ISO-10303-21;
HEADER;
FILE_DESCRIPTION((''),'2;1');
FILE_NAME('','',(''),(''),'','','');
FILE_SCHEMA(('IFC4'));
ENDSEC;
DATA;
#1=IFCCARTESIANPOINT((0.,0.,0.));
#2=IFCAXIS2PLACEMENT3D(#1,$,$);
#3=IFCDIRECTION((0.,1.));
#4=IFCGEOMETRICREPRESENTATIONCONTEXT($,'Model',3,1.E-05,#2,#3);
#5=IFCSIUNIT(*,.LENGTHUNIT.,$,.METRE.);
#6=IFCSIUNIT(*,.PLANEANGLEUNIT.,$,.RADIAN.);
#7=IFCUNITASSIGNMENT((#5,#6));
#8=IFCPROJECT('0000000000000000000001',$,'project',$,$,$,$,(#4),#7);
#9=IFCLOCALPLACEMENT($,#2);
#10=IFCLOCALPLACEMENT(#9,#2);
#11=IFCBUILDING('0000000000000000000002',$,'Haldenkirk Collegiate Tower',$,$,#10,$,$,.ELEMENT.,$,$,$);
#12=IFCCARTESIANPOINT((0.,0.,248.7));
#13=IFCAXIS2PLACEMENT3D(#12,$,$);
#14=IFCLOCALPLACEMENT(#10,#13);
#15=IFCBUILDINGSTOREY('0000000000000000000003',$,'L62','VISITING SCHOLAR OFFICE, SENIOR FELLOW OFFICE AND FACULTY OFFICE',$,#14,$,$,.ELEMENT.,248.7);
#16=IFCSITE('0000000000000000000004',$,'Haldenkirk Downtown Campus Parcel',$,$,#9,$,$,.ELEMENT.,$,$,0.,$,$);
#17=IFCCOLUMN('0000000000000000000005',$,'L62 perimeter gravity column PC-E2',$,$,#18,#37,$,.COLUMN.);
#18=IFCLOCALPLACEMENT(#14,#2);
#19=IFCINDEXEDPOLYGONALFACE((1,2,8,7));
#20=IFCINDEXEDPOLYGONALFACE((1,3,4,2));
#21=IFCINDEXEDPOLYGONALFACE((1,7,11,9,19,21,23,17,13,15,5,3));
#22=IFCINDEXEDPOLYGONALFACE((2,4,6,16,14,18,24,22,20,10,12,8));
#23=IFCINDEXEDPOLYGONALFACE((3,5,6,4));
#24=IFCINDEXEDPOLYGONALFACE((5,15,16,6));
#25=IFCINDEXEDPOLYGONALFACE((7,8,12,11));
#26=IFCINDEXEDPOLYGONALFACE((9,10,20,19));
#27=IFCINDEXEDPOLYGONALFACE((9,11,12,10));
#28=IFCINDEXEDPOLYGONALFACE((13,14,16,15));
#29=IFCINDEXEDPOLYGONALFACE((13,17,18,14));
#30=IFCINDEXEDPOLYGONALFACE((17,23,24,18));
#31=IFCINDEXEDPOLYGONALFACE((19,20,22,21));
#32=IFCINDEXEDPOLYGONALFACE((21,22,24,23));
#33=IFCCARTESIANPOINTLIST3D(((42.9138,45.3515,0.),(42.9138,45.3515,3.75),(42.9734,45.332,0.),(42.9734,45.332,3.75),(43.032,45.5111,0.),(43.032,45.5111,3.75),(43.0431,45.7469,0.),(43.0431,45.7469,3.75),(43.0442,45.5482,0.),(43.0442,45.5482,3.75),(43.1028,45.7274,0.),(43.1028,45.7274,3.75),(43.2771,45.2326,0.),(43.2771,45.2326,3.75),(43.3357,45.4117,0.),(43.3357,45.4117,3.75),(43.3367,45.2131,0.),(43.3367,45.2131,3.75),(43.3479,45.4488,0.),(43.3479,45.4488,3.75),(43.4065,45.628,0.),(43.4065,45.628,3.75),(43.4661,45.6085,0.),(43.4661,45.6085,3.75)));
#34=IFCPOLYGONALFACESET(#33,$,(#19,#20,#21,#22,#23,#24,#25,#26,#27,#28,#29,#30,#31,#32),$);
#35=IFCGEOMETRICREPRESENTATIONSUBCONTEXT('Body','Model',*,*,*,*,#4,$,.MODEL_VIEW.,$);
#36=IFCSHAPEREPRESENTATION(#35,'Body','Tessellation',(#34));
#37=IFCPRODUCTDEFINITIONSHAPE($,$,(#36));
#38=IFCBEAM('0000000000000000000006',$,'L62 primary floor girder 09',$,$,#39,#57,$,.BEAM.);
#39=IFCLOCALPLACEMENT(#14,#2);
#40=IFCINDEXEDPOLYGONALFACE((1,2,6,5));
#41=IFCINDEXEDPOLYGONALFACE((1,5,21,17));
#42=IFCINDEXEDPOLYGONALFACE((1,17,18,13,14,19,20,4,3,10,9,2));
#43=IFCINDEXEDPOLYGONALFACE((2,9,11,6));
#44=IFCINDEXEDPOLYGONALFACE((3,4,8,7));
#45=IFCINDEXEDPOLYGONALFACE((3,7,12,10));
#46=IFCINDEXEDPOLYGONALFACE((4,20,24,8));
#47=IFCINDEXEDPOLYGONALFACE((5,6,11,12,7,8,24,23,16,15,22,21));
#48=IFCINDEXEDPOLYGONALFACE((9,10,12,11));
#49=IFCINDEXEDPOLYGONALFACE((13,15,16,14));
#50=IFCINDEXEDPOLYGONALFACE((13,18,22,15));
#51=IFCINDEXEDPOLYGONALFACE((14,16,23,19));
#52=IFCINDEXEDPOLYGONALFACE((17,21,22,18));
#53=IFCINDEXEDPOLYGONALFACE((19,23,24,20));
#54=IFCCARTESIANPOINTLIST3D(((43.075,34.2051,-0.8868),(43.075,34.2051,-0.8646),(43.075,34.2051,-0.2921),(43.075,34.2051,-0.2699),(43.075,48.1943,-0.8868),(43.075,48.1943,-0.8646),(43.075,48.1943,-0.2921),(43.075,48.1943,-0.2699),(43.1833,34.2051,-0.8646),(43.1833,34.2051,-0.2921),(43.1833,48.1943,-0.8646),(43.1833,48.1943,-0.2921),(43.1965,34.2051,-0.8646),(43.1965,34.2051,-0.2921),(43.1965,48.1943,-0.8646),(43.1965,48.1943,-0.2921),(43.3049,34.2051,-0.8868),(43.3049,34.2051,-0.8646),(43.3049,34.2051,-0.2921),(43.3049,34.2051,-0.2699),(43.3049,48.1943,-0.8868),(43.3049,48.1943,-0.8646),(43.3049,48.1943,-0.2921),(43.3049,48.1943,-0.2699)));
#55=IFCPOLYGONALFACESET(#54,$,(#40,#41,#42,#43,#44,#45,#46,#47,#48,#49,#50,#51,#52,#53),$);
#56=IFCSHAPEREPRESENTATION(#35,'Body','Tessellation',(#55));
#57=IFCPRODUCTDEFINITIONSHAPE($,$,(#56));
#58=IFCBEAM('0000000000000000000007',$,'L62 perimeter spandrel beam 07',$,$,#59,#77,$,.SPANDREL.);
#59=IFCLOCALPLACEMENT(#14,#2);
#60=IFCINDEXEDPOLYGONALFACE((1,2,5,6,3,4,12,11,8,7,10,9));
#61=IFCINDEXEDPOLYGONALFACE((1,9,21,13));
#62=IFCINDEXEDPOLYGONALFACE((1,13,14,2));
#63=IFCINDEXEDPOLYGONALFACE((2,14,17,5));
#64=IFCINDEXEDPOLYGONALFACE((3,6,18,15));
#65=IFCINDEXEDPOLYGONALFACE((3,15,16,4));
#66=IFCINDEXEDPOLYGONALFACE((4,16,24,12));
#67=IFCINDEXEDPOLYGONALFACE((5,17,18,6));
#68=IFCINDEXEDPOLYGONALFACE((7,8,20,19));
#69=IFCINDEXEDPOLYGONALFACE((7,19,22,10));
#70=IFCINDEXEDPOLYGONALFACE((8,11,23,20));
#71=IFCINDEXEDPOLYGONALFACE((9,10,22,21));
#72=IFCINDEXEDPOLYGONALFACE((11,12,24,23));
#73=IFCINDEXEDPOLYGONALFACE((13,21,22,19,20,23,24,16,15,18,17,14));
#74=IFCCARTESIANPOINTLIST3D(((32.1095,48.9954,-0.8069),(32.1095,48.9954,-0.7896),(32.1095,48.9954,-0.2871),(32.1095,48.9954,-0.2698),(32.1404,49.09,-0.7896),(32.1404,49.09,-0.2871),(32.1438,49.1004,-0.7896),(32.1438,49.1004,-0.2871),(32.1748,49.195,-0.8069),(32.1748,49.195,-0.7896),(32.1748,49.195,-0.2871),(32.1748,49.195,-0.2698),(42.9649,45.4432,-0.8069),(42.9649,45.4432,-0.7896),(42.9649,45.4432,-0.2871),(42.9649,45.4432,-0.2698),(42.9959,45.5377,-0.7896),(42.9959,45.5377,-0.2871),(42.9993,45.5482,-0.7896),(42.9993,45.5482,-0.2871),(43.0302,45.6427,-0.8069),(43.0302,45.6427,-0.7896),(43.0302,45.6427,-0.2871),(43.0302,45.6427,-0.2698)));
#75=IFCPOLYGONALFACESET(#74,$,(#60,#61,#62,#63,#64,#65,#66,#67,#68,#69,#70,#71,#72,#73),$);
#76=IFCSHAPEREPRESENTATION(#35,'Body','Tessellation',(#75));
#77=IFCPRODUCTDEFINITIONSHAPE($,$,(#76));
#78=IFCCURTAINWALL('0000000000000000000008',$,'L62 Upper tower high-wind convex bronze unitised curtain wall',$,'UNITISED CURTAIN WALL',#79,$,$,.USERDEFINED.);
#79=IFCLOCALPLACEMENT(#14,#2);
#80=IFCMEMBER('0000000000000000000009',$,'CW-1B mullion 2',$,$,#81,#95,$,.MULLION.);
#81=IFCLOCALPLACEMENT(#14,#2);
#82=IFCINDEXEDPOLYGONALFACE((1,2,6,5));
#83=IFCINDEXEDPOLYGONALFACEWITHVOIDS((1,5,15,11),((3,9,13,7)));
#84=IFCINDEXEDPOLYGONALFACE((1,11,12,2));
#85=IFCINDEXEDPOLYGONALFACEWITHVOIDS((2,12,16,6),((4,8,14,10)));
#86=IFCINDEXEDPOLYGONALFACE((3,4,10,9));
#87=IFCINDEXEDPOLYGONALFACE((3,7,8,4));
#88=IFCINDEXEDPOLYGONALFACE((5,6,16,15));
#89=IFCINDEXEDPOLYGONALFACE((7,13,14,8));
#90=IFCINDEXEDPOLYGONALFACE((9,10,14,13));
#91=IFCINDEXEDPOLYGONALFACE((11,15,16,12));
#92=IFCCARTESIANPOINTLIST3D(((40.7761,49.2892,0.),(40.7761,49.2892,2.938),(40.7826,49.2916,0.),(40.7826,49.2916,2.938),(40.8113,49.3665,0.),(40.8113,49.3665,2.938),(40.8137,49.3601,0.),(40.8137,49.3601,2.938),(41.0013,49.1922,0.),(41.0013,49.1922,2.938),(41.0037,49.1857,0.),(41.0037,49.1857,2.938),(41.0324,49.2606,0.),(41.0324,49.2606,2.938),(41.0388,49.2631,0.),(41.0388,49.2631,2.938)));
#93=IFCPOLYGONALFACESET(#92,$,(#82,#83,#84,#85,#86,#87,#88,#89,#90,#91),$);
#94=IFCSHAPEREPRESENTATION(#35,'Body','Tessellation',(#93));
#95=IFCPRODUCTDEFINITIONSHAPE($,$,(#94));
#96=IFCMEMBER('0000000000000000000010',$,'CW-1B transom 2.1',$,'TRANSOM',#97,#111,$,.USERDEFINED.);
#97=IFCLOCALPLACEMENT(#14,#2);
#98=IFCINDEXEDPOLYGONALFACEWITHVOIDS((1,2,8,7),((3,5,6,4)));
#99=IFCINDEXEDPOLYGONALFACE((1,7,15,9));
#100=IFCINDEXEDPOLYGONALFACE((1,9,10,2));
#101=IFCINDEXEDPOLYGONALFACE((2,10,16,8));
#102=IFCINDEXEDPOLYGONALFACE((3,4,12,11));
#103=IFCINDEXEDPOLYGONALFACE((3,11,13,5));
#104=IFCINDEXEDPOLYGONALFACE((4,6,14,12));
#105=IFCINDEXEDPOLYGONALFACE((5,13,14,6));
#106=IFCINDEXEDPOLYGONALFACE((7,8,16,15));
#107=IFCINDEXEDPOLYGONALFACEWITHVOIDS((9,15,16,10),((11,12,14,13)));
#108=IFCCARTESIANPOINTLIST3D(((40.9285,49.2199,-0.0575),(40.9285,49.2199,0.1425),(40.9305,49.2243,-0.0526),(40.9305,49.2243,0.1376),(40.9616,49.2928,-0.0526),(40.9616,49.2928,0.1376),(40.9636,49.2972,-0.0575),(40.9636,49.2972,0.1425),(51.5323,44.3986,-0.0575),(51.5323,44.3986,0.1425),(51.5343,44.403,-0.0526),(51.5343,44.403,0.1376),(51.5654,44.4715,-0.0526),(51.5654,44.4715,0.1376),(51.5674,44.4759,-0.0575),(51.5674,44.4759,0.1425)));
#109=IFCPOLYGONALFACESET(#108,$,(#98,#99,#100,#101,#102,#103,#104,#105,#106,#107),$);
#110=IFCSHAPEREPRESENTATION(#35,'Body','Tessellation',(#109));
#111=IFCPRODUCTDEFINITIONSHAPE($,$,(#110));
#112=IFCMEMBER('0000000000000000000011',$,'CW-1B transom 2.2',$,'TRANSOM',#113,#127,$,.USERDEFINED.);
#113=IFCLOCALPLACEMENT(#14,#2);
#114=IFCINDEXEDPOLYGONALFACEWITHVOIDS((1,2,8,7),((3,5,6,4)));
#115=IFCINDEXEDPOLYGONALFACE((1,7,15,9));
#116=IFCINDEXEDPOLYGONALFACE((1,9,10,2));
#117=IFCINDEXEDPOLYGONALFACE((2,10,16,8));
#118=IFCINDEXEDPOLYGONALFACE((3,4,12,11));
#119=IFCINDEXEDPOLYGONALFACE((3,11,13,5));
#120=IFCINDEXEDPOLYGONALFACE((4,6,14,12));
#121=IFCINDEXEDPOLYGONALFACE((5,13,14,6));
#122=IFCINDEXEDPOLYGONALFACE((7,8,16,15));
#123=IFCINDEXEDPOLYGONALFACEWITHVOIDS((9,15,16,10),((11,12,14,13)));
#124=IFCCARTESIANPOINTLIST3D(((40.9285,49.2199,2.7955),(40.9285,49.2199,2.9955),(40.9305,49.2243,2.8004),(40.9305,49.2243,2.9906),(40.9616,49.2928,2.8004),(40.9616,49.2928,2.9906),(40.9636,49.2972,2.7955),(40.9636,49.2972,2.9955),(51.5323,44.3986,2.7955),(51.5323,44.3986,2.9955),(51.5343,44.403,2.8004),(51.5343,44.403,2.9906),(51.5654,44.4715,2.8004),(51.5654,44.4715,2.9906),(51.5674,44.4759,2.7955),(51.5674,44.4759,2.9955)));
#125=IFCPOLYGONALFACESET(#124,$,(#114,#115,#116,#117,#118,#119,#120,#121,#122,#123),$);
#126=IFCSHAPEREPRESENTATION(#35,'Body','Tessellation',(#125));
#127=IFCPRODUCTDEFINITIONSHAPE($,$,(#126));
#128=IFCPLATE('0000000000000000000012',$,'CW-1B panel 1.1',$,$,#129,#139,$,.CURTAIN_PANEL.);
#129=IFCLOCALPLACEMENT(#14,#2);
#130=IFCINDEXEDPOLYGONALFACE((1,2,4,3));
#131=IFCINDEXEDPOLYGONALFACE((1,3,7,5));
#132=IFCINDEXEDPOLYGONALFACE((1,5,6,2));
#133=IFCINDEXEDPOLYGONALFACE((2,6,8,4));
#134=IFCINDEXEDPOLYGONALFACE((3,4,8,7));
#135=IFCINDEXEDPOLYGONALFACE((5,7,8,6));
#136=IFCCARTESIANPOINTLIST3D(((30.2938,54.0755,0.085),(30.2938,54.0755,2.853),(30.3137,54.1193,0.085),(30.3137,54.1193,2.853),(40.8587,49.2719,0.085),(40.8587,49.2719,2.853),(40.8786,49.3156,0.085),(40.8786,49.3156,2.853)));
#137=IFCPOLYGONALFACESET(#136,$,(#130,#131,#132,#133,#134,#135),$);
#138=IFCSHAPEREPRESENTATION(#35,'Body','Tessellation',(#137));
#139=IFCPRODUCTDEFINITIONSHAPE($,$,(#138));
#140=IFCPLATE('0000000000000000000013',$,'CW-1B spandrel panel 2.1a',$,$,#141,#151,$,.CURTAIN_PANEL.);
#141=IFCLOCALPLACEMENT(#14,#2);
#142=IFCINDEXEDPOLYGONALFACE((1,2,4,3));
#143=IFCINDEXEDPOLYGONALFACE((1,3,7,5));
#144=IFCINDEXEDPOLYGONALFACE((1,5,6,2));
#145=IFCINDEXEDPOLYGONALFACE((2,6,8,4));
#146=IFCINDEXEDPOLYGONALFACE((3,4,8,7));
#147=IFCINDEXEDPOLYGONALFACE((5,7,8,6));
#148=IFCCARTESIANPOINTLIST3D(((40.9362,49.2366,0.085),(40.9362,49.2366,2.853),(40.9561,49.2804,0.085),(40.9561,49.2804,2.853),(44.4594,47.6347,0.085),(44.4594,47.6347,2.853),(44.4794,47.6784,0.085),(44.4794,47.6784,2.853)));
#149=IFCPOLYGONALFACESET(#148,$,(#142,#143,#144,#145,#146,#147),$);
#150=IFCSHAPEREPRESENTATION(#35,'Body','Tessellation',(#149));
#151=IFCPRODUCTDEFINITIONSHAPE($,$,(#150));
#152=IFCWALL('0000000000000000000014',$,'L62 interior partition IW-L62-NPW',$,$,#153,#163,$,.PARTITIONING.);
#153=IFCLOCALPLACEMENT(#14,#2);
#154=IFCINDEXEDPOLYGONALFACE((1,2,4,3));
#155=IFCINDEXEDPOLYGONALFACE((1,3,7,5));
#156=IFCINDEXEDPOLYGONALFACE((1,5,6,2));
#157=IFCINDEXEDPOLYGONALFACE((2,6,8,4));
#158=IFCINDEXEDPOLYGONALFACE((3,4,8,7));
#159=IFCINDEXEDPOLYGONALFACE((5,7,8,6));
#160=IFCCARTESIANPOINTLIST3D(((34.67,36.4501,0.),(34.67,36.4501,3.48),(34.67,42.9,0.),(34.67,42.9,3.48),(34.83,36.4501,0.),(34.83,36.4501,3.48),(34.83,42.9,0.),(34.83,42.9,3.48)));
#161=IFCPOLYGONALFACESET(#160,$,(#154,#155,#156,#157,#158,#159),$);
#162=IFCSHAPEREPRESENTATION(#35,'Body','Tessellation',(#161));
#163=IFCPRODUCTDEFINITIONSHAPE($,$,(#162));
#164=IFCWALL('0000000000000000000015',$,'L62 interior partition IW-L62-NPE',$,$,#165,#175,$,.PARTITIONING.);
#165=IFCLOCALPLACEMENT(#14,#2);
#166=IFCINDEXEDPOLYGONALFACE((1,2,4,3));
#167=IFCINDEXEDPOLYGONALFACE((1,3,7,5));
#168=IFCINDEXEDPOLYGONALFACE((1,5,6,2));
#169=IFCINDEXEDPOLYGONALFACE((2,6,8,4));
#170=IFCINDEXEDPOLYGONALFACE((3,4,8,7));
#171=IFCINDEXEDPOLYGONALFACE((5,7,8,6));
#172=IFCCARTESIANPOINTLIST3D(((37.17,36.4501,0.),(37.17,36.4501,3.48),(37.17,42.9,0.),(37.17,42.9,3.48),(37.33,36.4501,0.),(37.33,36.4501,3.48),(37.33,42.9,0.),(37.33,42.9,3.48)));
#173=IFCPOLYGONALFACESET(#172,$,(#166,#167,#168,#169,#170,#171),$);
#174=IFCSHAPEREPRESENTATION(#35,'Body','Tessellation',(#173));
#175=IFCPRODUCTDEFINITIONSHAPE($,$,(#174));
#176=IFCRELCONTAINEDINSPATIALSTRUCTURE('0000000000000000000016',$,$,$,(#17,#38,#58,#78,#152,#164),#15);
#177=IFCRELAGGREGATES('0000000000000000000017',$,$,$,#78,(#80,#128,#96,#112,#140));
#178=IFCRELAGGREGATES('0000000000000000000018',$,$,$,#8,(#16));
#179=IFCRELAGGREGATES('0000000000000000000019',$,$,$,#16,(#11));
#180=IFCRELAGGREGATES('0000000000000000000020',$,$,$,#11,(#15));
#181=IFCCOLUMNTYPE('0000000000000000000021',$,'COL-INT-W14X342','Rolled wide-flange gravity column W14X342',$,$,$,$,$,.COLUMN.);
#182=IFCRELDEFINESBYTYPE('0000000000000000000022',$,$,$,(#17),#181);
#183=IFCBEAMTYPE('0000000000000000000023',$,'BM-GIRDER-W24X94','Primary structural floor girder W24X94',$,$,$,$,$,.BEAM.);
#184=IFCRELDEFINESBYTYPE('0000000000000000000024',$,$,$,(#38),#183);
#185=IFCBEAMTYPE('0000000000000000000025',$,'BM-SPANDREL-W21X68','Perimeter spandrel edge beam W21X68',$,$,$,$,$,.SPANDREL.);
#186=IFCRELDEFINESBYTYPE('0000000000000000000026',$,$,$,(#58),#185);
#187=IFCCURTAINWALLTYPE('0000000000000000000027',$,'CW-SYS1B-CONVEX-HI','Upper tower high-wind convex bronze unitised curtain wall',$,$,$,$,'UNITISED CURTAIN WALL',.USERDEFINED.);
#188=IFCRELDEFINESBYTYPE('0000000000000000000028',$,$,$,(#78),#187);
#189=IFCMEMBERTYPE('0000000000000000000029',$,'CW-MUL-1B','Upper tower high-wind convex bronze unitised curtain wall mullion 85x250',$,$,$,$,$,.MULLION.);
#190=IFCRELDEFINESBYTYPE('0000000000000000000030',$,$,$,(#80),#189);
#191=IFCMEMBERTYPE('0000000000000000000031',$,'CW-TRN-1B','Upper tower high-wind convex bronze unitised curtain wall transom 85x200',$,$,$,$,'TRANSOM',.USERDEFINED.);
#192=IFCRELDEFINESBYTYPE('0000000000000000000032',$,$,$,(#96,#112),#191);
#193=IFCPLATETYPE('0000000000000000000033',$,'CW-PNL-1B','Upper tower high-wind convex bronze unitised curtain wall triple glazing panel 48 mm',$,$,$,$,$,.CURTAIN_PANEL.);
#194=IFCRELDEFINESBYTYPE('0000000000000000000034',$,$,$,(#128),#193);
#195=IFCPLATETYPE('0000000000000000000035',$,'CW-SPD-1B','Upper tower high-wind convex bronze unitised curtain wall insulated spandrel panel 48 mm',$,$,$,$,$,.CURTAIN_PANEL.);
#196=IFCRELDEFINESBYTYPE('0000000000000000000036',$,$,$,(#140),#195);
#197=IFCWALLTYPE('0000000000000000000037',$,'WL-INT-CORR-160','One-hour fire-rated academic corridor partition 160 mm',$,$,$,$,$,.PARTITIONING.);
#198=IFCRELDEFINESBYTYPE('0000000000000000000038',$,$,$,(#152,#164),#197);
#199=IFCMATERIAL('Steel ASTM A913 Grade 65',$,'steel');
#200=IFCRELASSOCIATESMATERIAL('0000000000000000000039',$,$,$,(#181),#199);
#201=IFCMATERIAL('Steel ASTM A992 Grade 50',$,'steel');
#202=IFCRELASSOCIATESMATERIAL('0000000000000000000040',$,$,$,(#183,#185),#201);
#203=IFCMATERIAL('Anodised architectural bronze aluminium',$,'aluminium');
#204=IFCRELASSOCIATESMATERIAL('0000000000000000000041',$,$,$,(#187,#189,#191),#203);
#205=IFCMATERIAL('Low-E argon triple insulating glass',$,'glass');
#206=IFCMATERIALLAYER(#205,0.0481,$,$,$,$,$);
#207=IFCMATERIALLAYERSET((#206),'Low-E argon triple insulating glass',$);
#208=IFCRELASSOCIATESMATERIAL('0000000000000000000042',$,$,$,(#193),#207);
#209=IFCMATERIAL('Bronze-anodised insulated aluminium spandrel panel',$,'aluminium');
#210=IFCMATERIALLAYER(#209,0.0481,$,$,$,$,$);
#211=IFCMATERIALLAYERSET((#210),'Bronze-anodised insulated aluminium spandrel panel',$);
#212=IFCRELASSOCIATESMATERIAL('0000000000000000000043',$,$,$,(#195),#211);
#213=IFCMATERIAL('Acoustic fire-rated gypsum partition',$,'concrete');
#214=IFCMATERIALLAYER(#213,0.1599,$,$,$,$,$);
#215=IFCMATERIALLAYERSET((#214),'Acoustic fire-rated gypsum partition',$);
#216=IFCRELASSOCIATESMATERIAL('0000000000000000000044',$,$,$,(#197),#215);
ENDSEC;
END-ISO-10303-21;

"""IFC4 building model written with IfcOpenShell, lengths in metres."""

from ifc_helpers import new_model, si_unit, direction, frame, frame_2d, origin, origin_2d, place, context, subcontext, project, spatial, rectangle, hollow_rectangle, i_section, extrude, source, transform, mapped, material, layer, layer_set, material_profile, profile_set, type_object, element, aggregate, save


model = new_model("IFC4")

# Units and contexts
model_context = context("Model", 3, precision=1e-05, world=origin(), true_north=direction((0.0, 1.0)))
body_context = subcontext(model_context, "Body", "Model", "MODEL_VIEW")
ifc_project = project(units=[si_unit("LENGTHUNIT", "METRE"), si_unit("PLANEANGLEUNIT", "RADIAN")], contexts=[model_context])

# Site, building, storey
site_placement = place(None, origin())
site = spatial("IfcSite", under=ifc_project, at=site_placement, Name="Haldenkirk Downtown Campus Parcel", CompositionType="ELEMENT", RefElevation=0.0)
building_placement = place(site_placement, origin())
building = spatial("IfcBuilding", under=site, at=building_placement, Name="Haldenkirk Collegiate Tower", CompositionType="ELEMENT")
storey_placement = place(building_placement, frame((0.0, 0.0, 248.7)))
storey = spatial("IfcBuildingStorey", under=building, at=storey_placement, Name="L62", Description="VISITING SCHOLAR OFFICE, SENIOR FELLOW OFFICE AND FACULTY OFFICE", CompositionType="ELEMENT", Elevation=248.7)

# Column
ifc_material_1 = material(Name="Steel ASTM A913 Grade 65", Category="steel")
ifc_material_profile_1 = material_profile(ifc_material_1, i_section(OverallWidth=0.416, OverallDepth=0.4451, WebThickness=0.0391, FlangeThickness=0.0627, at=origin_2d()), Name="W14X342")
ifc_profile_set_1 = profile_set([ifc_material_profile_1], Name="Steel ASTM A913 Grade 65")
column_type = type_object("IfcColumnType", Name="COL-INT-W14X342", Description="Rolled wide-flange gravity column W14X342", PredefinedType="COLUMN", material=ifc_profile_set_1)
column_placement = place(storey_placement, frame((43.1899, 45.48, 0.0), z_axis=(0.0, 0.0, 1.0), x_axis=(0.311008, 0.950407, 0.0)))
element("IfcColumn", 1, at=column_placement, inside=storey, type_object=column_type, Name="L62 perimeter gravity column PC-E2", PredefinedType="COLUMN", context=body_context, shape_type="SweptSolid", body=[
    extrude(i_section(OverallWidth=0.416, OverallDepth=0.4451, WebThickness=0.0391, FlangeThickness=0.0627, at=origin_2d()), origin(), (0.0, 0.0, 1.0), 3.75),
])

# Beams
ifc_material_2 = material(Name="Steel ASTM A992 Grade 50", Category="steel")
ifc_material_profile_2 = material_profile(ifc_material_2, i_section(OverallWidth=0.23, OverallDepth=0.6169, WebThickness=0.0132, FlangeThickness=0.0222, at=origin_2d()), Name="W24X94")
ifc_profile_set_2 = profile_set([ifc_material_profile_2], Name="Steel ASTM A992 Grade 50")
beam_type_1 = type_object("IfcBeamType", Name="BM-GIRDER-W24X94", Description="Primary structural floor girder W24X94", PredefinedType="BEAM", material=ifc_profile_set_2)
beam_1_placement = place(storey_placement, frame((43.1899, 48.1943, -0.5784), z_axis=(0.0, -1.0, 0.0), x_axis=(1.0, 0.0, 0.0)))
element("IfcBeam", 2, at=beam_1_placement, inside=storey, type_object=beam_type_1, Name="L62 primary floor girder 09", PredefinedType="BEAM", context=body_context, shape_type="SweptSolid", body=[
    extrude(i_section(OverallWidth=0.23, OverallDepth=0.6169, WebThickness=0.0132, FlangeThickness=0.0222, at=origin_2d()), origin(), (0.0, 0.0, 1.0), 13.9893),
])
ifc_material_profile_3 = material_profile(ifc_material_2, i_section(OverallWidth=0.21, OverallDepth=0.5371, WebThickness=0.011, FlangeThickness=0.0173, at=origin_2d()), Name="W21X68")
ifc_profile_set_3 = profile_set([ifc_material_profile_3], Name="Steel ASTM A992 Grade 50")
beam_type_2 = type_object("IfcBeamType", Name="BM-SPANDREL-W21X68", Description="Perimeter spandrel edge beam W21X68", PredefinedType="SPANDREL", material=ifc_profile_set_3)
beam_2_placement = place(storey_placement, frame((42.9976, 45.543, -0.5383), z_axis=(-0.950409, 0.311003, 0.0), x_axis=(-0.311003, -0.950409, 0.0)))
element("IfcBeam", 3, at=beam_2_placement, inside=storey, type_object=beam_type_2, Name="L62 perimeter spandrel beam 07", PredefinedType="SPANDREL", context=body_context, shape_type="SweptSolid", body=[
    extrude(i_section(OverallWidth=0.21, OverallDepth=0.5371, WebThickness=0.011, FlangeThickness=0.0173, at=origin_2d()), origin(), (0.0, 0.0, 1.0), 11.4219),
])

# Curtain wall, members, plates
ifc_material_3 = material(Name="Anodised architectural bronze aluminium", Category="aluminium")
curtain_wall_type = type_object("IfcCurtainWallType", Name="CW-SYS1B-CONVEX-HI", Description="Upper tower high-wind convex bronze unitised curtain wall", ElementType="UNITISED CURTAIN WALL", PredefinedType="USERDEFINED", material=ifc_material_3)
curtain_wall_placement = place(storey_placement, origin())
curtain_wall = element("IfcCurtainWall", 4, at=curtain_wall_placement, inside=storey, type_object=curtain_wall_type, Name="L62 Upper tower high-wind convex bronze unitised curtain wall", ObjectType="UNITISED CURTAIN WALL", PredefinedType="USERDEFINED")
ifc_material_profile_4 = material_profile(ifc_material_3, hollow_rectangle(XDim=0.085, YDim=0.25, WallThickness=0.0049, at=origin_2d()), Name="CW-MUL-1B")
ifc_profile_set_4 = profile_set([ifc_material_profile_4], Name="Anodised architectural bronze aluminium")
member_type_1 = type_object("IfcMemberType", Name="CW-MUL-1B", Description="Upper tower high-wind convex bronze unitised curtain wall mullion 85x250", PredefinedType="MULLION", material=ifc_profile_set_4)
member_1_placement = place(storey_placement, frame((40.9075, 49.2761, 0.0), z_axis=(0.0, 0.0, 1.0), x_axis=(0.413901, 0.910322, 0.0)))
member_1 = element("IfcMember", 5, at=member_1_placement, type_object=member_type_1, Name="CW-1B mullion 2", PredefinedType="MULLION", context=body_context, shape_type="SweptSolid", body=[
    extrude(hollow_rectangle(XDim=0.085, YDim=0.25, WallThickness=0.0049, at=origin_2d()), origin(), (0.0, 0.0, 1.0), 2.938),
])
ifc_material_profile_5 = material_profile(ifc_material_3, hollow_rectangle(XDim=0.085, YDim=0.2, WallThickness=0.0049, at=origin_2d()), Name="CW-TRN-1B")
ifc_profile_set_5 = profile_set([ifc_material_profile_5], Name="Anodised architectural bronze aluminium")
member_type_2 = type_object("IfcMemberType", Name="CW-TRN-1B", Description="Upper tower high-wind convex bronze unitised curtain wall transom 85x200", ElementType="TRANSOM", PredefinedType="USERDEFINED", material=ifc_profile_set_5)
member_2_placement = place(storey_placement, frame((40.946, 49.2585, 0.0425), z_axis=(0.910321, -0.413902, 0.0), x_axis=(0.413902, 0.910321, 0.0)))
member_2 = element("IfcMember", 6, at=member_2_placement, type_object=member_type_2, Name="CW-1B transom 2.1", ObjectType="TRANSOM", PredefinedType="USERDEFINED", context=body_context, shape_type="SweptSolid", body=[
    extrude(hollow_rectangle(XDim=0.085, YDim=0.2, WallThickness=0.0049, at=origin_2d()), origin(), (0.0, 0.0, 1.0), 11.6484),
])
member_3_placement = place(storey_placement, frame((40.946, 49.2585, 2.8955), z_axis=(0.910321, -0.413902, 0.0), x_axis=(0.413902, 0.910321, 0.0)))
member_3 = element("IfcMember", 7, at=member_3_placement, type_object=member_type_2, Name="CW-1B transom 2.2", ObjectType="TRANSOM", PredefinedType="USERDEFINED", context=body_context, shape_type="SweptSolid", body=[
    extrude(hollow_rectangle(XDim=0.085, YDim=0.2, WallThickness=0.0049, at=origin_2d()), origin(), (0.0, 0.0, 1.0), 11.6484),
])
ifc_material_4 = material(Name="Low-E argon triple insulating glass", Category="glass")
ifc_layer_1 = layer(ifc_material_4, 0.0481)
ifc_layer_set_1 = layer_set([ifc_layer_1], Name="Low-E argon triple insulating glass")
plate_type_1 = type_object("IfcPlateType", Name="CW-PNL-1B", Description="Upper tower high-wind convex bronze unitised curtain wall triple glazing panel 48 mm", PredefinedType="CURTAIN_PANEL", material=ifc_layer_set_1)
shared_shape_1 = source(origin(), body_context, "Body", "SweptSolid", [
    extrude(rectangle(XDim=11.6057, YDim=0.0481, at=origin_2d()), origin(), (0.0, 0.0, 1.0), 2.7681),
])
plate_1_placement = place(storey_placement, frame((35.5862, 51.6956, 0.085), z_axis=(0.0, 0.0, 1.0), x_axis=(0.910322, -0.413901, 0.0)))
plate_1 = element("IfcPlate", 8, at=plate_1_placement, type_object=plate_type_1, Name="CW-1B panel 1.1", PredefinedType="CURTAIN_PANEL", context=body_context, shape_type="MappedRepresentation", body=[
    mapped(shared_shape_1, transform((0.0, 0.0, 0.0), x_axis=(1.0, 0.0, 0.0), y_axis=(0.0, 1.0, 0.0), z_axis=(0.0, 0.0, 1.0), scale=1.0)),
])
ifc_material_5 = material(Name="Bronze-anodised insulated aluminium spandrel panel", Category="aluminium")
ifc_layer_2 = layer(ifc_material_5, 0.0481)
ifc_layer_set_2 = layer_set([ifc_layer_2], Name="Bronze-anodised insulated aluminium spandrel panel")
plate_type_2 = type_object("IfcPlateType", Name="CW-SPD-1B", Description="Upper tower high-wind convex bronze unitised curtain wall insulated spandrel panel 48 mm", PredefinedType="CURTAIN_PANEL", material=ifc_layer_set_2)
shared_shape_2 = source(origin(), body_context, "Body", "SweptSolid", [
    extrude(rectangle(XDim=3.8704, YDim=0.0481, at=origin_2d()), origin(), (0.0, 0.0, 1.0), 2.7681),
])
plate_2_placement = place(storey_placement, frame((42.7078, 48.4575, 0.085), z_axis=(0.0, 0.0, 1.0), x_axis=(0.910322, -0.413901, 0.0)))
plate_2 = element("IfcPlate", 9, at=plate_2_placement, type_object=plate_type_2, Name="CW-1B spandrel panel 2.1a", PredefinedType="CURTAIN_PANEL", context=body_context, shape_type="MappedRepresentation", body=[
    mapped(shared_shape_2, transform((0.0, 0.0, 0.0), x_axis=(1.0, 0.0, 0.0), y_axis=(0.0, 1.0, 0.0), z_axis=(0.0, 0.0, 1.0), scale=1.0)),
])
aggregate(curtain_wall, [member_1, plate_1, member_2, member_3, plate_2])

# Shared definitions
ifc_material_6 = material(Name="Acoustic fire-rated gypsum partition", Category="concrete")
ifc_layer_3 = layer(ifc_material_6, 0.1599)
ifc_layer_set_3 = layer_set([ifc_layer_3], Name="Acoustic fire-rated gypsum partition")
wall_type_1 = type_object("IfcWallType", Name="WL-INT-CORR-160", Description="One-hour fire-rated academic corridor partition 160 mm", PredefinedType="PARTITIONING", material=ifc_layer_set_3)

# Walls
for number, where, z_axis, x_axis, name in (
    (10, (34.75, 36.45, 0.0), (0.0, 0.0, 1.0), (0.0, 1.0, 0.0), "L62 interior partition IW-L62-NPW"),
    (11, (37.25, 36.45, 0.0), (0.0, 0.0, 1.0), (0.0, 1.0, 0.0), "L62 interior partition IW-L62-NPE"),
):
    element("IfcWall", number, at=place(storey_placement, frame(where, z_axis=z_axis, x_axis=x_axis)), inside=storey, type_object=wall_type_1, Name=name, PredefinedType="PARTITIONING", context=body_context, shape_type="SweptSolid", body=[
        extrude(rectangle(XDim=6.45, YDim=0.1599, at=frame_2d((3.2251, 0.0))), origin(), (0.0, 0.0, 1.0), 3.48),
    ])

save(model, "model.ifc")
